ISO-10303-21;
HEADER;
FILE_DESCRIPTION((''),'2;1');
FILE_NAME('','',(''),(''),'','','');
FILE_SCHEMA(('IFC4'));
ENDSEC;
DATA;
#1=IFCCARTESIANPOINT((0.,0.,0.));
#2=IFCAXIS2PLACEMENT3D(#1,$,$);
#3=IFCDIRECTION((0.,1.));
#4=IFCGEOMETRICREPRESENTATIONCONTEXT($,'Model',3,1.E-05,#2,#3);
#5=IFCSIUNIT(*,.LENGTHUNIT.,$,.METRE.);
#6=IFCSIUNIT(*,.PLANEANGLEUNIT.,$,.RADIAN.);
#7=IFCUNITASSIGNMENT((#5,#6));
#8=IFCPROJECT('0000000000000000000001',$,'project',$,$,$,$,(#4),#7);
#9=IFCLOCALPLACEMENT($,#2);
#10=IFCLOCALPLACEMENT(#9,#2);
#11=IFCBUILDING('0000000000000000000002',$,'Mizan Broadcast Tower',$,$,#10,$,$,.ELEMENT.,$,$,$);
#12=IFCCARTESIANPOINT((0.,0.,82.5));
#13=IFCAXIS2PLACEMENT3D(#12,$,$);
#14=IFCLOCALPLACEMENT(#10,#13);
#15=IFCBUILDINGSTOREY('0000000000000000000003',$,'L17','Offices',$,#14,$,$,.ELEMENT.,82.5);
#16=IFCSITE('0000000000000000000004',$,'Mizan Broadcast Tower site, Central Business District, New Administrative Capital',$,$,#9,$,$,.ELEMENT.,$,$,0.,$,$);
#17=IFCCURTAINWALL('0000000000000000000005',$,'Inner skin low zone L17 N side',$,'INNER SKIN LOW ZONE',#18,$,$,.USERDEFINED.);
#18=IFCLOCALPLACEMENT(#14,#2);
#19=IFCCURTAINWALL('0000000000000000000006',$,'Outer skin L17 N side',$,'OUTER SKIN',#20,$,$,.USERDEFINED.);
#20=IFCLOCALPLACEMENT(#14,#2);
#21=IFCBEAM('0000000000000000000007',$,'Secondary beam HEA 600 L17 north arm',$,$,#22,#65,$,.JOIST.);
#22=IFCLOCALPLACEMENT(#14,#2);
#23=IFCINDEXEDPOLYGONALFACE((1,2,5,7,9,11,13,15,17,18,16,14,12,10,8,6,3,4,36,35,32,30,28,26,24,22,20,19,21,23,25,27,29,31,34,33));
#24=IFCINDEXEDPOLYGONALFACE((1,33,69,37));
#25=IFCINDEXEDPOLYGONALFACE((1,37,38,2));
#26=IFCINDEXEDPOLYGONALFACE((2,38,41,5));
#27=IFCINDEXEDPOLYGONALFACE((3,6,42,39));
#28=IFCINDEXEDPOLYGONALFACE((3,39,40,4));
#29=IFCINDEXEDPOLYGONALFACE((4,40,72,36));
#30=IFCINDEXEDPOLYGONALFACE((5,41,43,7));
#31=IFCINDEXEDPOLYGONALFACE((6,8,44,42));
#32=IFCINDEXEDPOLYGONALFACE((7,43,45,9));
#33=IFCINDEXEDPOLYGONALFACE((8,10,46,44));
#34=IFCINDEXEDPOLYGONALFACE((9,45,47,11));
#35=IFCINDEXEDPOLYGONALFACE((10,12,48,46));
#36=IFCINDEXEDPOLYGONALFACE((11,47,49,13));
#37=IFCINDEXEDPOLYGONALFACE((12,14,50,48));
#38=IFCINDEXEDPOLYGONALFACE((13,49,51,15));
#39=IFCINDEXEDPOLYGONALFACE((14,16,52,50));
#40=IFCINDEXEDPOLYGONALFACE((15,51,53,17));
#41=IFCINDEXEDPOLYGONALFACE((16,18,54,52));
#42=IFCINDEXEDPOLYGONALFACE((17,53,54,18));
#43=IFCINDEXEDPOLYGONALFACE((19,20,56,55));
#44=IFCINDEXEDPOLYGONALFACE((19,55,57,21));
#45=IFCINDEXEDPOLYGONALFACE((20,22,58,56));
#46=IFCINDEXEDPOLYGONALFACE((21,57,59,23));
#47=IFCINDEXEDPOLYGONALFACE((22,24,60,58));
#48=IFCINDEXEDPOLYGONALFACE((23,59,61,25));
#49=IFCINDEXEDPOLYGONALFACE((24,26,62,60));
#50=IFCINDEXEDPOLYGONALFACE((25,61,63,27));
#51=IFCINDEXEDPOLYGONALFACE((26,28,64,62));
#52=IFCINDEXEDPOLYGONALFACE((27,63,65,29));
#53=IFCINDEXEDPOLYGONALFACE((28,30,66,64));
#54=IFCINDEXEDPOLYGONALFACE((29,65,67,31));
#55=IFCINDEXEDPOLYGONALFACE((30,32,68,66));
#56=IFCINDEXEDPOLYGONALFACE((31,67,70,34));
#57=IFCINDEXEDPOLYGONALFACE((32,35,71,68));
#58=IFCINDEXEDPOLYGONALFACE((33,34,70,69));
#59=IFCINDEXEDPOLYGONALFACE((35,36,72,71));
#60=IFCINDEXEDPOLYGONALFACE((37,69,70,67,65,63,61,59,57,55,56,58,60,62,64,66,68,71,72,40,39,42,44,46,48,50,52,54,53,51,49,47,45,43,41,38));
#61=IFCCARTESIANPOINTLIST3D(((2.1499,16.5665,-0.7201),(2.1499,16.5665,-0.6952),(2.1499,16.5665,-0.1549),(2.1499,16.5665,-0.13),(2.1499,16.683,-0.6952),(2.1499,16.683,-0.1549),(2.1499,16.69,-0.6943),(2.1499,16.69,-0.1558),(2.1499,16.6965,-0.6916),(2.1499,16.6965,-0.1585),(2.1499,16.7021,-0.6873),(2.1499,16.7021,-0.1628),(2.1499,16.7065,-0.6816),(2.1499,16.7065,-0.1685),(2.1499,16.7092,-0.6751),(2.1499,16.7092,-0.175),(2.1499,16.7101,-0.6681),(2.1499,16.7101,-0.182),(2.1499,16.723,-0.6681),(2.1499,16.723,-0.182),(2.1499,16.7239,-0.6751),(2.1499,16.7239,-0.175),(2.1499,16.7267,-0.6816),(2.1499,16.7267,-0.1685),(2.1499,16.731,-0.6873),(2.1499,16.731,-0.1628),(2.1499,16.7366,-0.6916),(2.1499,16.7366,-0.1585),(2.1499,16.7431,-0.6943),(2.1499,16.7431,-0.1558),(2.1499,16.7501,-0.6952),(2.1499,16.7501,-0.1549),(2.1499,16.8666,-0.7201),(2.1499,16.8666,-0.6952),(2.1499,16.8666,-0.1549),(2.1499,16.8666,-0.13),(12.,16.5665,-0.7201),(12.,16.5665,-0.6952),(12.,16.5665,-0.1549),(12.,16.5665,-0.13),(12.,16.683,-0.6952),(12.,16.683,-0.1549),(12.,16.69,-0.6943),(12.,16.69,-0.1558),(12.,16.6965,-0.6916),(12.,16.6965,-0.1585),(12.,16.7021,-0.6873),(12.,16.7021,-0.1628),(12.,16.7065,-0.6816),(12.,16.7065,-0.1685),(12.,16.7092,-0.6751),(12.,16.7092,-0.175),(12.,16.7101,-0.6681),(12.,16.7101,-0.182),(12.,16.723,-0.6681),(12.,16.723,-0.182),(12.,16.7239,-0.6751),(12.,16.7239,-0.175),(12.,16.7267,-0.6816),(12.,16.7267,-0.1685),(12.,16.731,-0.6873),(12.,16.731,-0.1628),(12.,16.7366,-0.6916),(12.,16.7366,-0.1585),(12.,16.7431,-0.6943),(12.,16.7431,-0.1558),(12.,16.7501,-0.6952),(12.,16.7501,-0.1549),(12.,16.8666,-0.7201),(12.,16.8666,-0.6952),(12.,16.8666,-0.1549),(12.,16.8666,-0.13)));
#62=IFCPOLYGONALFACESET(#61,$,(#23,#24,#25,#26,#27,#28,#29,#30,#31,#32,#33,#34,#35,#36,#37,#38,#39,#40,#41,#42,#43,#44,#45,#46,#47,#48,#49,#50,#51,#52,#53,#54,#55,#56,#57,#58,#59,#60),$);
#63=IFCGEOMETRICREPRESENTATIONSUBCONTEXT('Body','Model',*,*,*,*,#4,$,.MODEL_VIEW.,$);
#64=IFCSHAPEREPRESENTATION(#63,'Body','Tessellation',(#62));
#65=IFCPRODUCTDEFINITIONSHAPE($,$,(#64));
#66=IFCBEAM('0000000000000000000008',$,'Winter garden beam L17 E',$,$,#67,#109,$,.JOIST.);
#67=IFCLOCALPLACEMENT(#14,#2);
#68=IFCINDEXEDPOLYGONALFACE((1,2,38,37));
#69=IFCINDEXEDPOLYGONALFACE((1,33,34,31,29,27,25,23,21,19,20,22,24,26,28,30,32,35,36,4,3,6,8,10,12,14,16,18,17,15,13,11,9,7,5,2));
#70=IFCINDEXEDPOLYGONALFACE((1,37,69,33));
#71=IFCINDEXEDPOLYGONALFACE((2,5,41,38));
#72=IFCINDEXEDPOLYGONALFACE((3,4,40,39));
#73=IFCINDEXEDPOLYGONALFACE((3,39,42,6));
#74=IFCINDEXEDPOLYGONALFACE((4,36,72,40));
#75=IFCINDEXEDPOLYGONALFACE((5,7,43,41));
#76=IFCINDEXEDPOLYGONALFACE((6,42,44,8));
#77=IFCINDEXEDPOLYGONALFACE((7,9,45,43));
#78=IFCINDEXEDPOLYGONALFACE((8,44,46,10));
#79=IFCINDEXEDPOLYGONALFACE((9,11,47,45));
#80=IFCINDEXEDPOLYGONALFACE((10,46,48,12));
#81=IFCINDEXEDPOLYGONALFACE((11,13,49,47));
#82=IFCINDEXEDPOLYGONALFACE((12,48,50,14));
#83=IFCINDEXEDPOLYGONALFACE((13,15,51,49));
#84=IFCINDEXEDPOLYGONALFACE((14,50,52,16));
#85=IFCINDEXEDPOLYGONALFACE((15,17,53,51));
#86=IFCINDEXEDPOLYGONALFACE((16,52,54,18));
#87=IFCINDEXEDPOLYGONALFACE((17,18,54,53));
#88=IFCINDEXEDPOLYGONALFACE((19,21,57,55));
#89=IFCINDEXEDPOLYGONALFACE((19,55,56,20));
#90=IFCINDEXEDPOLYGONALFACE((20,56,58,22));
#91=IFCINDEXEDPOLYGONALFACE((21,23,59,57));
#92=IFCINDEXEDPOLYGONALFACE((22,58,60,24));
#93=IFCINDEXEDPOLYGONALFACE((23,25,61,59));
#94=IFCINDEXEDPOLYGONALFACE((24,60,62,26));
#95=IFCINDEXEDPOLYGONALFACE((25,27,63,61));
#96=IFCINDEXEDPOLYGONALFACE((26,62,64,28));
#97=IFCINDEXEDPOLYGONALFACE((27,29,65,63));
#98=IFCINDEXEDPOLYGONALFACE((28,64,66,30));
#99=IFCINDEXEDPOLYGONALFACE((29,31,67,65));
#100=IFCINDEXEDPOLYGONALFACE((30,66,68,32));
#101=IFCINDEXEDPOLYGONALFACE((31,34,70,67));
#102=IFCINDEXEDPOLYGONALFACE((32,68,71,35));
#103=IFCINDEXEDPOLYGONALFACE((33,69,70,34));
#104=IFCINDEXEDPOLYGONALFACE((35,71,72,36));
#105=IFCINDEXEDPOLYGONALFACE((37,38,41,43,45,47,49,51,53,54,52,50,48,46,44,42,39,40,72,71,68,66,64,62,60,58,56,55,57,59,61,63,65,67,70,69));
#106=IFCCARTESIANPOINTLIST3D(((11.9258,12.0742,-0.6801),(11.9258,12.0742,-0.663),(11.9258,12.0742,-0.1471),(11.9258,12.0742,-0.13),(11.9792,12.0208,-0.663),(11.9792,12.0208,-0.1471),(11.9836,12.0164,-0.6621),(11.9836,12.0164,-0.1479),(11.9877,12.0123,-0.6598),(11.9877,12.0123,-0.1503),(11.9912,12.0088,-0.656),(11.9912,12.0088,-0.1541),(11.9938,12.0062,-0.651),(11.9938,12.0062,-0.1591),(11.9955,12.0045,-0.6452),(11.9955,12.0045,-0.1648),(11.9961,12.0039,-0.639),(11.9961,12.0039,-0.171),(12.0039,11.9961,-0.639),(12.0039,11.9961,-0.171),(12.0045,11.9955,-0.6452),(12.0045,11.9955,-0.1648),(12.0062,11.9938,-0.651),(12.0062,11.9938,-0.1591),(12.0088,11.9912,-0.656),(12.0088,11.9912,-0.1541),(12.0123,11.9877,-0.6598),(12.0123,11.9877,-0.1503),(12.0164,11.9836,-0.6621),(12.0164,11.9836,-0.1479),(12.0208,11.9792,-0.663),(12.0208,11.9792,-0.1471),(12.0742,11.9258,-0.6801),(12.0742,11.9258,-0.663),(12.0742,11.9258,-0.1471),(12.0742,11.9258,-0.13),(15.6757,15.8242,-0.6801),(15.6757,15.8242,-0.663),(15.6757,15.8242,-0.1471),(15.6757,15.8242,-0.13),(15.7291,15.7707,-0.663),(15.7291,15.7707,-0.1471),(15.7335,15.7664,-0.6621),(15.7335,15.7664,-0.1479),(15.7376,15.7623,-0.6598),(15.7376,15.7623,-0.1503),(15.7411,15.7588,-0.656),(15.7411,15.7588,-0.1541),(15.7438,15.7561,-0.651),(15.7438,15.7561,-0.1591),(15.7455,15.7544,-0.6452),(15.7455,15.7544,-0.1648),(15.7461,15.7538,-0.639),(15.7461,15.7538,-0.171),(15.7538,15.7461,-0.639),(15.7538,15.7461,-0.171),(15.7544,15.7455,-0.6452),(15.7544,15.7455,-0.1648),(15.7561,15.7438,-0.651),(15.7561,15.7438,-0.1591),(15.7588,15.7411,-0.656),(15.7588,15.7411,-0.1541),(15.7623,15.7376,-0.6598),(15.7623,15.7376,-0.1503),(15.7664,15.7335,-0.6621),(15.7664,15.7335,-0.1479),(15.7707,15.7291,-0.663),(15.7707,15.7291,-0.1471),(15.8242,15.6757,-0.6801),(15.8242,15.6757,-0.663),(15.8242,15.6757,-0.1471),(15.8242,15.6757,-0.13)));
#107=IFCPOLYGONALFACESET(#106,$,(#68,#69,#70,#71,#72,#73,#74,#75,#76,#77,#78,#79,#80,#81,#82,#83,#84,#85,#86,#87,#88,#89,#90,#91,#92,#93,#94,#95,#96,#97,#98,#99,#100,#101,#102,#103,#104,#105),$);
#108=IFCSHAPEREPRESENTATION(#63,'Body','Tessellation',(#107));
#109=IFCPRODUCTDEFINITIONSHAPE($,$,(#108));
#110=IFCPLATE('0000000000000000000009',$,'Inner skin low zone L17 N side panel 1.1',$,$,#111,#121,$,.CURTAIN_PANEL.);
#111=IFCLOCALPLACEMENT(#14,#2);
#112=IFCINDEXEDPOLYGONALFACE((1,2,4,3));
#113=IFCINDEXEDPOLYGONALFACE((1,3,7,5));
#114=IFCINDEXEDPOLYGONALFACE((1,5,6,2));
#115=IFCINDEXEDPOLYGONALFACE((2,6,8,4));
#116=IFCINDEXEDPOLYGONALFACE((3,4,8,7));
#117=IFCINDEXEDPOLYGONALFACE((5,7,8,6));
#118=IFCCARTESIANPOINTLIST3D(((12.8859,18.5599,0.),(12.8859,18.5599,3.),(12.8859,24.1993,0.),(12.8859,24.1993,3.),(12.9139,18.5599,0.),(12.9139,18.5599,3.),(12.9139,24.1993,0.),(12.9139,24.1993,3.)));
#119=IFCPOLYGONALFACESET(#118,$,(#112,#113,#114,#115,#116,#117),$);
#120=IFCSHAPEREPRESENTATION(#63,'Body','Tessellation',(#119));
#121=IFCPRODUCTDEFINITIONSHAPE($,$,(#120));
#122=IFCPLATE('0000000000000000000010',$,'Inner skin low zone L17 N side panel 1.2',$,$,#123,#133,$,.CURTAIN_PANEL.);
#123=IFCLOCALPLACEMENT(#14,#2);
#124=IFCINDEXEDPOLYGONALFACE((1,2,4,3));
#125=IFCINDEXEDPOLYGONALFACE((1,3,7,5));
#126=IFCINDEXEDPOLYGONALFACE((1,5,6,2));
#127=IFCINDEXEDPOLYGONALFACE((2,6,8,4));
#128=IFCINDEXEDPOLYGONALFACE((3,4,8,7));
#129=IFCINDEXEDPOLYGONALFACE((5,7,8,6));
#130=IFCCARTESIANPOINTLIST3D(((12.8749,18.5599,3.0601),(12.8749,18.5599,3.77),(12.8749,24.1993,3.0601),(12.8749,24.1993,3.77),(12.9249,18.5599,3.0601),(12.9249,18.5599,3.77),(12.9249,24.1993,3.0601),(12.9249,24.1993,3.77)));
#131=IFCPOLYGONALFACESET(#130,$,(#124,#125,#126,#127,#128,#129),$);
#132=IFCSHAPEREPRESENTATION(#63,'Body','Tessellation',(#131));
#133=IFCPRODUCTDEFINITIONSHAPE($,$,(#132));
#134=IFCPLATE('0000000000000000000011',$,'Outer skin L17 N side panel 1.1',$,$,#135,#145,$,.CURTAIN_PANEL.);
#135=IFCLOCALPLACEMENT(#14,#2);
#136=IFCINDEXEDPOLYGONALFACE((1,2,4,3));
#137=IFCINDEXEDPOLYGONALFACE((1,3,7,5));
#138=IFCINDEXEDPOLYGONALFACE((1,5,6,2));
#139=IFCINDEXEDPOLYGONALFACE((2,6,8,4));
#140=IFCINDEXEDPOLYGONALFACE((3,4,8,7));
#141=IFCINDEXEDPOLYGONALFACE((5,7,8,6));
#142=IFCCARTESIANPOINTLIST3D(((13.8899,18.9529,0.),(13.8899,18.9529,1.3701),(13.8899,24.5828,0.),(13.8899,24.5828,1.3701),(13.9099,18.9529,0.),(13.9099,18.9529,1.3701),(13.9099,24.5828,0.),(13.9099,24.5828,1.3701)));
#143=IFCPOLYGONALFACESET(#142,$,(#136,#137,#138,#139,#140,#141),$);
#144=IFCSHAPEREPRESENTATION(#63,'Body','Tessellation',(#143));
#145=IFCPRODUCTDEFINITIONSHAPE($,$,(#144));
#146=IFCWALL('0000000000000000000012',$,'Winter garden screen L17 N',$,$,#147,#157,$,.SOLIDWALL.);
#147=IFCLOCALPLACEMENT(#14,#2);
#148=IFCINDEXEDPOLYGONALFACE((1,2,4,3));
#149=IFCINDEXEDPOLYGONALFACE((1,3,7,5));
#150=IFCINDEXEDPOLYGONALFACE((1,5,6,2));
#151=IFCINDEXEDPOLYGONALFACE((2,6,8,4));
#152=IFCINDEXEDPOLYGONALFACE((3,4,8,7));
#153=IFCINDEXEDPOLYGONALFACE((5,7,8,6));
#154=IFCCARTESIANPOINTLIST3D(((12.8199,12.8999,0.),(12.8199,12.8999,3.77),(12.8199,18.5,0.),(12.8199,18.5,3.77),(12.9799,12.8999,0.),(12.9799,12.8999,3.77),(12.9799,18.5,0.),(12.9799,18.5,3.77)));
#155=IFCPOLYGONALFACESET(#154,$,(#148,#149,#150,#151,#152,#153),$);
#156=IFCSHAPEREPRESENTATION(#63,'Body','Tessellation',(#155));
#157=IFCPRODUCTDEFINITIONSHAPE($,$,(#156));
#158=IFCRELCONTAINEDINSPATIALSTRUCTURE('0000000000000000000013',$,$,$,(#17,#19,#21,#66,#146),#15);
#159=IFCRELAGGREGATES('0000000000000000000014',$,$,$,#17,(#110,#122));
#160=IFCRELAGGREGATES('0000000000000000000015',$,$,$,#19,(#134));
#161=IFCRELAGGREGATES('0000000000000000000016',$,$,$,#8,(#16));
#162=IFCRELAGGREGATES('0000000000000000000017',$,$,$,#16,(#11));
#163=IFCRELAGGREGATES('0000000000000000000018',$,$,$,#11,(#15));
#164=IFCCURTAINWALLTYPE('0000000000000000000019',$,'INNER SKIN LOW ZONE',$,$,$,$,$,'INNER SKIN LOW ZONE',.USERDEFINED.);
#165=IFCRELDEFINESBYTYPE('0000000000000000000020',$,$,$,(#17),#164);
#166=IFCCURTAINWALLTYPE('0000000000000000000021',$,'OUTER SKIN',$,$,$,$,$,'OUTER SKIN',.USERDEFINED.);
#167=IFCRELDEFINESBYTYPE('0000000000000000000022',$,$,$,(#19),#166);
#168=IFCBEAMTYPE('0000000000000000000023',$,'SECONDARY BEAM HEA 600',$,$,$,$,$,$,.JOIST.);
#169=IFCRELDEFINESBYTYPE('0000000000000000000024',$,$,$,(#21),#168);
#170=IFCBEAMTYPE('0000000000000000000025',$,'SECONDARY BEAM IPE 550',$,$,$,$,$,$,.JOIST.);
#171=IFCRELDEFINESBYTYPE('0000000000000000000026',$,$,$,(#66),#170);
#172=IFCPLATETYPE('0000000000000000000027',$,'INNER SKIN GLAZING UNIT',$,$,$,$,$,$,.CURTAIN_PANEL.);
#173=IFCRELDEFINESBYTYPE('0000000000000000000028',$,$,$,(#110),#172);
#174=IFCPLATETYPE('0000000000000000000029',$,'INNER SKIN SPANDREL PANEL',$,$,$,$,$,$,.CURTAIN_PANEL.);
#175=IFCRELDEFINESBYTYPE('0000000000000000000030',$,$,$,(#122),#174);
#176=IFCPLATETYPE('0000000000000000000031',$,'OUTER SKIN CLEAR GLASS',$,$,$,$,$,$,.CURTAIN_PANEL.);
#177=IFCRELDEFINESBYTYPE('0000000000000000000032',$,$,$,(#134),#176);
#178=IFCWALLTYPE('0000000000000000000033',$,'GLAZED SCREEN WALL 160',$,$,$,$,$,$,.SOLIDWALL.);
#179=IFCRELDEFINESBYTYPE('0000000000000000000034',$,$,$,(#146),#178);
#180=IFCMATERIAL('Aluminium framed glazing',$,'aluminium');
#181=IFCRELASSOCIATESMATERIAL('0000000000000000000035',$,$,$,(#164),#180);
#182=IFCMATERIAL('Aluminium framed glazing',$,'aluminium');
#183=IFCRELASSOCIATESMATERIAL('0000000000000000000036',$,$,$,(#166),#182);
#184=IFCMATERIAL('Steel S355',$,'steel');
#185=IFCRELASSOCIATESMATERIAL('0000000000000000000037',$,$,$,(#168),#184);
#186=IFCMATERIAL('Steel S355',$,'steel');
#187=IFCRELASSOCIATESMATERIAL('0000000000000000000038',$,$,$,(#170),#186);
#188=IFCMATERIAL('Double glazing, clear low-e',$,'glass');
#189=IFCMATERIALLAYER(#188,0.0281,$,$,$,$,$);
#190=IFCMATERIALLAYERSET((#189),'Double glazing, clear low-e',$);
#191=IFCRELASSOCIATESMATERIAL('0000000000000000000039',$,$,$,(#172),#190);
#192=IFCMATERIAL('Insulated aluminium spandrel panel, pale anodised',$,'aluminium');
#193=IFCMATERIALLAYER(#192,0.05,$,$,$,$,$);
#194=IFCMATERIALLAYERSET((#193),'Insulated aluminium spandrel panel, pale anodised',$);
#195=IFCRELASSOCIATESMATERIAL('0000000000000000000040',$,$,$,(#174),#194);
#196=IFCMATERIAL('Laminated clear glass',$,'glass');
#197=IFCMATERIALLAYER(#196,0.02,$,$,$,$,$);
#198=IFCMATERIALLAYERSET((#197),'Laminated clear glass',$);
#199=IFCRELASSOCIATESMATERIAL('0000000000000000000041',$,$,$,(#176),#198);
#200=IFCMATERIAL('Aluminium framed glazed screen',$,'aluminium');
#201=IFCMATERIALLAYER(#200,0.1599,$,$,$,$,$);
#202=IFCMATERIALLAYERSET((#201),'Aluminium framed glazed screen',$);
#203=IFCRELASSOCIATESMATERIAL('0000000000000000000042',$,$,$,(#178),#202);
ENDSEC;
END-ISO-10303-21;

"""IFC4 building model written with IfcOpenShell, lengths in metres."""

from ifc_helpers import new_model, si_unit, direction, frame, frame_2d, origin, origin_2d, place, context, subcontext, project, spatial, rectangle, i_section, extrude, material, layer, layer_set, material_profile, profile_set, type_object, element, aggregate, save


model = new_model("IFC4")

# Units and contexts
model_context = context("Model", 3, precision=1e-05, world=origin(), true_north=direction((0.0, 1.0)))
body_context = subcontext(model_context, "Body", "Model", "MODEL_VIEW")
ifc_project = project(units=[si_unit("LENGTHUNIT", "METRE"), si_unit("PLANEANGLEUNIT", "RADIAN")], contexts=[model_context])

# Site, building, storey
site_placement = place(None, origin())
site = spatial("IfcSite", under=ifc_project, at=site_placement, Name="Mizan Broadcast Tower site, Central Business District, New Administrative Capital", CompositionType="ELEMENT", RefElevation=0.0)
building_placement = place(site_placement, origin())
building = spatial("IfcBuilding", under=site, at=building_placement, Name="Mizan Broadcast Tower", CompositionType="ELEMENT")
storey_placement = place(building_placement, frame((0.0, 0.0, 82.5)))
storey = spatial("IfcBuildingStorey", under=building, at=storey_placement, Name="L17", Description="Offices", CompositionType="ELEMENT", Elevation=82.5)

# Curtain walls
ifc_material_1 = material(Name="Aluminium framed glazing", Category="aluminium")
curtain_wall_type_1 = type_object("IfcCurtainWallType", Name="INNER SKIN LOW ZONE", ElementType="INNER SKIN LOW ZONE", PredefinedType="USERDEFINED", material=ifc_material_1)
curtain_wall_1_placement = place(storey_placement, origin())
curtain_wall_1 = element("IfcCurtainWall", 1, at=curtain_wall_1_placement, inside=storey, type_object=curtain_wall_type_1, Name="Inner skin low zone L17 N side", ObjectType="INNER SKIN LOW ZONE", PredefinedType="USERDEFINED")
ifc_material_2 = material(Name="Aluminium framed glazing", Category="aluminium")
curtain_wall_type_2 = type_object("IfcCurtainWallType", Name="OUTER SKIN", ElementType="OUTER SKIN", PredefinedType="USERDEFINED", material=ifc_material_2)
curtain_wall_2_placement = place(storey_placement, origin())
curtain_wall_2 = element("IfcCurtainWall", 2, at=curtain_wall_2_placement, inside=storey, type_object=curtain_wall_type_2, Name="Outer skin L17 N side", ObjectType="OUTER SKIN", PredefinedType="USERDEFINED")

# Beams
ifc_material_3 = material(Name="Steel S355", Category="steel")
ifc_material_profile_1 = material_profile(ifc_material_3, i_section(OverallWidth=0.3, OverallDepth=0.5901, WebThickness=0.0129, FlangeThickness=0.0249, FilletRadius=0.0271, at=origin_2d()), Name="HEA 600")
ifc_profile_set_1 = profile_set([ifc_material_profile_1], Name="Steel S355")
beam_type_1 = type_object("IfcBeamType", Name="SECONDARY BEAM HEA 600", PredefinedType="JOIST", material=ifc_profile_set_1)
for number, where, z_axis, x_axis, name in (
    (3, (12.0, 16.7166, -0.425), (-1.0, 0.0, 0.0), (0.0, -1.0, 0.0), "Secondary beam HEA 600 L17 north arm"),
):
    element("IfcBeam", number, at=place(storey_placement, frame(where, z_axis=z_axis, x_axis=x_axis)), inside=storey, type_object=beam_type_1, Name=name, PredefinedType="JOIST", context=body_context, shape_type="SweptSolid", body=[
        extrude(i_section(OverallWidth=0.3, OverallDepth=0.5901, WebThickness=0.0129, FlangeThickness=0.0249, FilletRadius=0.0271, at=origin_2d()), origin(), (0.0, 0.0, 1.0), 9.8501),
    ])
ifc_material_4 = material(Name="Steel S355", Category="steel")
ifc_material_profile_2 = material_profile(ifc_material_4, i_section(OverallWidth=0.21, OverallDepth=0.55, WebThickness=0.011, FlangeThickness=0.0171, FilletRadius=0.0239, at=origin_2d()), Name="IPE 550")
ifc_profile_set_2 = profile_set([ifc_material_profile_2], Name="Steel S355")
beam_type_2 = type_object("IfcBeamType", Name="SECONDARY BEAM IPE 550", PredefinedType="JOIST", material=ifc_profile_set_2)
beam_1_placement = place(storey_placement, frame((12.0, 12.0, -0.405), z_axis=(0.707107, 0.707107, 0.0), x_axis=(-0.707107, 0.707107, 0.0)))
element("IfcBeam", 4, at=beam_1_placement, inside=storey, type_object=beam_type_2, Name="Winter garden beam L17 E", PredefinedType="JOIST", context=body_context, shape_type="SweptSolid", body=[
    extrude(i_section(OverallWidth=0.21, OverallDepth=0.55, WebThickness=0.011, FlangeThickness=0.0171, FilletRadius=0.0239, at=origin_2d()), origin(), (0.0, 0.0, 1.0), 5.3032),
])

# Plates
ifc_material_5 = material(Name="Double glazing, clear low-e", Category="glass")
ifc_layer_1 = layer(ifc_material_5, 0.0281)
ifc_layer_set_1 = layer_set([ifc_layer_1], Name="Double glazing, clear low-e")
plate_type_1 = type_object("IfcPlateType", Name="INNER SKIN GLAZING UNIT", PredefinedType="CURTAIN_PANEL", material=ifc_layer_set_1)
plate_1_placement = place(storey_placement, frame((12.8999, 21.3796, 0.0), z_axis=(0.0, 0.0, 1.0), x_axis=(0.0, 1.0, 0.0)))
plate_1 = element("IfcPlate", 5, at=plate_1_placement, type_object=plate_type_1, Name="Inner skin low zone L17 N side panel 1.1", PredefinedType="CURTAIN_PANEL", context=body_context, shape_type="SweptSolid", body=[
    extrude(rectangle(XDim=5.6394, YDim=0.0281, at=origin_2d()), origin(), (0.0, 0.0, 1.0), 3.0),
])
ifc_material_6 = material(Name="Insulated aluminium spandrel panel, pale anodised", Category="aluminium")
ifc_layer_2 = layer(ifc_material_6, 0.05)
ifc_layer_set_2 = layer_set([ifc_layer_2], Name="Insulated aluminium spandrel panel, pale anodised")
plate_type_2 = type_object("IfcPlateType", Name="INNER SKIN SPANDREL PANEL", PredefinedType="CURTAIN_PANEL", material=ifc_layer_set_2)
plate_2_placement = place(storey_placement, frame((12.8999, 21.3796, 3.0601), z_axis=(0.0, 0.0, 1.0), x_axis=(0.0, 1.0, 0.0)))
plate_2 = element("IfcPlate", 6, at=plate_2_placement, type_object=plate_type_2, Name="Inner skin low zone L17 N side panel 1.2", PredefinedType="CURTAIN_PANEL", context=body_context, shape_type="SweptSolid", body=[
    extrude(rectangle(XDim=5.6394, YDim=0.05, at=origin_2d()), origin(), (0.0, 0.0, 1.0), 0.71),
])
aggregate(curtain_wall_1, [plate_1, plate_2])
ifc_material_7 = material(Name="Laminated clear glass", Category="glass")
ifc_layer_3 = layer(ifc_material_7, 0.02)
ifc_layer_set_3 = layer_set([ifc_layer_3], Name="Laminated clear glass")
plate_type_3 = type_object("IfcPlateType", Name="OUTER SKIN CLEAR GLASS", PredefinedType="CURTAIN_PANEL", material=ifc_layer_set_3)
plate_3_placement = place(storey_placement, frame((13.8999, 21.7678, 0.0), z_axis=(0.0, 0.0, 1.0), x_axis=(0.0, 1.0, 0.0)))
plate_3 = element("IfcPlate", 7, at=plate_3_placement, type_object=plate_type_3, Name="Outer skin L17 N side panel 1.1", PredefinedType="CURTAIN_PANEL", context=body_context, shape_type="SweptSolid", body=[
    extrude(rectangle(XDim=5.6299, YDim=0.02, at=origin_2d()), origin(), (0.0, 0.0, 1.0), 1.3701),
])
aggregate(curtain_wall_2, [plate_3])

# Wall
ifc_material_8 = material(Name="Aluminium framed glazed screen", Category="aluminium")
ifc_layer_4 = layer(ifc_material_8, 0.1599)
ifc_layer_set_4 = layer_set([ifc_layer_4], Name="Aluminium framed glazed screen")
wall_type_1 = type_object("IfcWallType", Name="GLAZED SCREEN WALL 160", PredefinedType="SOLIDWALL", material=ifc_layer_set_4)
wall_1_placement = place(storey_placement, frame((12.8999, 12.8999, 0.0), z_axis=(0.0, 0.0, 1.0), x_axis=(0.0, 1.0, 0.0)))
element("IfcWall", 8, at=wall_1_placement, inside=storey, type_object=wall_type_1, Name="Winter garden screen L17 N", PredefinedType="SOLIDWALL", context=body_context, shape_type="SweptSolid", body=[
    extrude(rectangle(XDim=5.6001, YDim=0.1599, at=frame_2d((2.8, 0.0))), origin(), (0.0, 0.0, 1.0), 3.77),
])

save(model, "model.ifc")
